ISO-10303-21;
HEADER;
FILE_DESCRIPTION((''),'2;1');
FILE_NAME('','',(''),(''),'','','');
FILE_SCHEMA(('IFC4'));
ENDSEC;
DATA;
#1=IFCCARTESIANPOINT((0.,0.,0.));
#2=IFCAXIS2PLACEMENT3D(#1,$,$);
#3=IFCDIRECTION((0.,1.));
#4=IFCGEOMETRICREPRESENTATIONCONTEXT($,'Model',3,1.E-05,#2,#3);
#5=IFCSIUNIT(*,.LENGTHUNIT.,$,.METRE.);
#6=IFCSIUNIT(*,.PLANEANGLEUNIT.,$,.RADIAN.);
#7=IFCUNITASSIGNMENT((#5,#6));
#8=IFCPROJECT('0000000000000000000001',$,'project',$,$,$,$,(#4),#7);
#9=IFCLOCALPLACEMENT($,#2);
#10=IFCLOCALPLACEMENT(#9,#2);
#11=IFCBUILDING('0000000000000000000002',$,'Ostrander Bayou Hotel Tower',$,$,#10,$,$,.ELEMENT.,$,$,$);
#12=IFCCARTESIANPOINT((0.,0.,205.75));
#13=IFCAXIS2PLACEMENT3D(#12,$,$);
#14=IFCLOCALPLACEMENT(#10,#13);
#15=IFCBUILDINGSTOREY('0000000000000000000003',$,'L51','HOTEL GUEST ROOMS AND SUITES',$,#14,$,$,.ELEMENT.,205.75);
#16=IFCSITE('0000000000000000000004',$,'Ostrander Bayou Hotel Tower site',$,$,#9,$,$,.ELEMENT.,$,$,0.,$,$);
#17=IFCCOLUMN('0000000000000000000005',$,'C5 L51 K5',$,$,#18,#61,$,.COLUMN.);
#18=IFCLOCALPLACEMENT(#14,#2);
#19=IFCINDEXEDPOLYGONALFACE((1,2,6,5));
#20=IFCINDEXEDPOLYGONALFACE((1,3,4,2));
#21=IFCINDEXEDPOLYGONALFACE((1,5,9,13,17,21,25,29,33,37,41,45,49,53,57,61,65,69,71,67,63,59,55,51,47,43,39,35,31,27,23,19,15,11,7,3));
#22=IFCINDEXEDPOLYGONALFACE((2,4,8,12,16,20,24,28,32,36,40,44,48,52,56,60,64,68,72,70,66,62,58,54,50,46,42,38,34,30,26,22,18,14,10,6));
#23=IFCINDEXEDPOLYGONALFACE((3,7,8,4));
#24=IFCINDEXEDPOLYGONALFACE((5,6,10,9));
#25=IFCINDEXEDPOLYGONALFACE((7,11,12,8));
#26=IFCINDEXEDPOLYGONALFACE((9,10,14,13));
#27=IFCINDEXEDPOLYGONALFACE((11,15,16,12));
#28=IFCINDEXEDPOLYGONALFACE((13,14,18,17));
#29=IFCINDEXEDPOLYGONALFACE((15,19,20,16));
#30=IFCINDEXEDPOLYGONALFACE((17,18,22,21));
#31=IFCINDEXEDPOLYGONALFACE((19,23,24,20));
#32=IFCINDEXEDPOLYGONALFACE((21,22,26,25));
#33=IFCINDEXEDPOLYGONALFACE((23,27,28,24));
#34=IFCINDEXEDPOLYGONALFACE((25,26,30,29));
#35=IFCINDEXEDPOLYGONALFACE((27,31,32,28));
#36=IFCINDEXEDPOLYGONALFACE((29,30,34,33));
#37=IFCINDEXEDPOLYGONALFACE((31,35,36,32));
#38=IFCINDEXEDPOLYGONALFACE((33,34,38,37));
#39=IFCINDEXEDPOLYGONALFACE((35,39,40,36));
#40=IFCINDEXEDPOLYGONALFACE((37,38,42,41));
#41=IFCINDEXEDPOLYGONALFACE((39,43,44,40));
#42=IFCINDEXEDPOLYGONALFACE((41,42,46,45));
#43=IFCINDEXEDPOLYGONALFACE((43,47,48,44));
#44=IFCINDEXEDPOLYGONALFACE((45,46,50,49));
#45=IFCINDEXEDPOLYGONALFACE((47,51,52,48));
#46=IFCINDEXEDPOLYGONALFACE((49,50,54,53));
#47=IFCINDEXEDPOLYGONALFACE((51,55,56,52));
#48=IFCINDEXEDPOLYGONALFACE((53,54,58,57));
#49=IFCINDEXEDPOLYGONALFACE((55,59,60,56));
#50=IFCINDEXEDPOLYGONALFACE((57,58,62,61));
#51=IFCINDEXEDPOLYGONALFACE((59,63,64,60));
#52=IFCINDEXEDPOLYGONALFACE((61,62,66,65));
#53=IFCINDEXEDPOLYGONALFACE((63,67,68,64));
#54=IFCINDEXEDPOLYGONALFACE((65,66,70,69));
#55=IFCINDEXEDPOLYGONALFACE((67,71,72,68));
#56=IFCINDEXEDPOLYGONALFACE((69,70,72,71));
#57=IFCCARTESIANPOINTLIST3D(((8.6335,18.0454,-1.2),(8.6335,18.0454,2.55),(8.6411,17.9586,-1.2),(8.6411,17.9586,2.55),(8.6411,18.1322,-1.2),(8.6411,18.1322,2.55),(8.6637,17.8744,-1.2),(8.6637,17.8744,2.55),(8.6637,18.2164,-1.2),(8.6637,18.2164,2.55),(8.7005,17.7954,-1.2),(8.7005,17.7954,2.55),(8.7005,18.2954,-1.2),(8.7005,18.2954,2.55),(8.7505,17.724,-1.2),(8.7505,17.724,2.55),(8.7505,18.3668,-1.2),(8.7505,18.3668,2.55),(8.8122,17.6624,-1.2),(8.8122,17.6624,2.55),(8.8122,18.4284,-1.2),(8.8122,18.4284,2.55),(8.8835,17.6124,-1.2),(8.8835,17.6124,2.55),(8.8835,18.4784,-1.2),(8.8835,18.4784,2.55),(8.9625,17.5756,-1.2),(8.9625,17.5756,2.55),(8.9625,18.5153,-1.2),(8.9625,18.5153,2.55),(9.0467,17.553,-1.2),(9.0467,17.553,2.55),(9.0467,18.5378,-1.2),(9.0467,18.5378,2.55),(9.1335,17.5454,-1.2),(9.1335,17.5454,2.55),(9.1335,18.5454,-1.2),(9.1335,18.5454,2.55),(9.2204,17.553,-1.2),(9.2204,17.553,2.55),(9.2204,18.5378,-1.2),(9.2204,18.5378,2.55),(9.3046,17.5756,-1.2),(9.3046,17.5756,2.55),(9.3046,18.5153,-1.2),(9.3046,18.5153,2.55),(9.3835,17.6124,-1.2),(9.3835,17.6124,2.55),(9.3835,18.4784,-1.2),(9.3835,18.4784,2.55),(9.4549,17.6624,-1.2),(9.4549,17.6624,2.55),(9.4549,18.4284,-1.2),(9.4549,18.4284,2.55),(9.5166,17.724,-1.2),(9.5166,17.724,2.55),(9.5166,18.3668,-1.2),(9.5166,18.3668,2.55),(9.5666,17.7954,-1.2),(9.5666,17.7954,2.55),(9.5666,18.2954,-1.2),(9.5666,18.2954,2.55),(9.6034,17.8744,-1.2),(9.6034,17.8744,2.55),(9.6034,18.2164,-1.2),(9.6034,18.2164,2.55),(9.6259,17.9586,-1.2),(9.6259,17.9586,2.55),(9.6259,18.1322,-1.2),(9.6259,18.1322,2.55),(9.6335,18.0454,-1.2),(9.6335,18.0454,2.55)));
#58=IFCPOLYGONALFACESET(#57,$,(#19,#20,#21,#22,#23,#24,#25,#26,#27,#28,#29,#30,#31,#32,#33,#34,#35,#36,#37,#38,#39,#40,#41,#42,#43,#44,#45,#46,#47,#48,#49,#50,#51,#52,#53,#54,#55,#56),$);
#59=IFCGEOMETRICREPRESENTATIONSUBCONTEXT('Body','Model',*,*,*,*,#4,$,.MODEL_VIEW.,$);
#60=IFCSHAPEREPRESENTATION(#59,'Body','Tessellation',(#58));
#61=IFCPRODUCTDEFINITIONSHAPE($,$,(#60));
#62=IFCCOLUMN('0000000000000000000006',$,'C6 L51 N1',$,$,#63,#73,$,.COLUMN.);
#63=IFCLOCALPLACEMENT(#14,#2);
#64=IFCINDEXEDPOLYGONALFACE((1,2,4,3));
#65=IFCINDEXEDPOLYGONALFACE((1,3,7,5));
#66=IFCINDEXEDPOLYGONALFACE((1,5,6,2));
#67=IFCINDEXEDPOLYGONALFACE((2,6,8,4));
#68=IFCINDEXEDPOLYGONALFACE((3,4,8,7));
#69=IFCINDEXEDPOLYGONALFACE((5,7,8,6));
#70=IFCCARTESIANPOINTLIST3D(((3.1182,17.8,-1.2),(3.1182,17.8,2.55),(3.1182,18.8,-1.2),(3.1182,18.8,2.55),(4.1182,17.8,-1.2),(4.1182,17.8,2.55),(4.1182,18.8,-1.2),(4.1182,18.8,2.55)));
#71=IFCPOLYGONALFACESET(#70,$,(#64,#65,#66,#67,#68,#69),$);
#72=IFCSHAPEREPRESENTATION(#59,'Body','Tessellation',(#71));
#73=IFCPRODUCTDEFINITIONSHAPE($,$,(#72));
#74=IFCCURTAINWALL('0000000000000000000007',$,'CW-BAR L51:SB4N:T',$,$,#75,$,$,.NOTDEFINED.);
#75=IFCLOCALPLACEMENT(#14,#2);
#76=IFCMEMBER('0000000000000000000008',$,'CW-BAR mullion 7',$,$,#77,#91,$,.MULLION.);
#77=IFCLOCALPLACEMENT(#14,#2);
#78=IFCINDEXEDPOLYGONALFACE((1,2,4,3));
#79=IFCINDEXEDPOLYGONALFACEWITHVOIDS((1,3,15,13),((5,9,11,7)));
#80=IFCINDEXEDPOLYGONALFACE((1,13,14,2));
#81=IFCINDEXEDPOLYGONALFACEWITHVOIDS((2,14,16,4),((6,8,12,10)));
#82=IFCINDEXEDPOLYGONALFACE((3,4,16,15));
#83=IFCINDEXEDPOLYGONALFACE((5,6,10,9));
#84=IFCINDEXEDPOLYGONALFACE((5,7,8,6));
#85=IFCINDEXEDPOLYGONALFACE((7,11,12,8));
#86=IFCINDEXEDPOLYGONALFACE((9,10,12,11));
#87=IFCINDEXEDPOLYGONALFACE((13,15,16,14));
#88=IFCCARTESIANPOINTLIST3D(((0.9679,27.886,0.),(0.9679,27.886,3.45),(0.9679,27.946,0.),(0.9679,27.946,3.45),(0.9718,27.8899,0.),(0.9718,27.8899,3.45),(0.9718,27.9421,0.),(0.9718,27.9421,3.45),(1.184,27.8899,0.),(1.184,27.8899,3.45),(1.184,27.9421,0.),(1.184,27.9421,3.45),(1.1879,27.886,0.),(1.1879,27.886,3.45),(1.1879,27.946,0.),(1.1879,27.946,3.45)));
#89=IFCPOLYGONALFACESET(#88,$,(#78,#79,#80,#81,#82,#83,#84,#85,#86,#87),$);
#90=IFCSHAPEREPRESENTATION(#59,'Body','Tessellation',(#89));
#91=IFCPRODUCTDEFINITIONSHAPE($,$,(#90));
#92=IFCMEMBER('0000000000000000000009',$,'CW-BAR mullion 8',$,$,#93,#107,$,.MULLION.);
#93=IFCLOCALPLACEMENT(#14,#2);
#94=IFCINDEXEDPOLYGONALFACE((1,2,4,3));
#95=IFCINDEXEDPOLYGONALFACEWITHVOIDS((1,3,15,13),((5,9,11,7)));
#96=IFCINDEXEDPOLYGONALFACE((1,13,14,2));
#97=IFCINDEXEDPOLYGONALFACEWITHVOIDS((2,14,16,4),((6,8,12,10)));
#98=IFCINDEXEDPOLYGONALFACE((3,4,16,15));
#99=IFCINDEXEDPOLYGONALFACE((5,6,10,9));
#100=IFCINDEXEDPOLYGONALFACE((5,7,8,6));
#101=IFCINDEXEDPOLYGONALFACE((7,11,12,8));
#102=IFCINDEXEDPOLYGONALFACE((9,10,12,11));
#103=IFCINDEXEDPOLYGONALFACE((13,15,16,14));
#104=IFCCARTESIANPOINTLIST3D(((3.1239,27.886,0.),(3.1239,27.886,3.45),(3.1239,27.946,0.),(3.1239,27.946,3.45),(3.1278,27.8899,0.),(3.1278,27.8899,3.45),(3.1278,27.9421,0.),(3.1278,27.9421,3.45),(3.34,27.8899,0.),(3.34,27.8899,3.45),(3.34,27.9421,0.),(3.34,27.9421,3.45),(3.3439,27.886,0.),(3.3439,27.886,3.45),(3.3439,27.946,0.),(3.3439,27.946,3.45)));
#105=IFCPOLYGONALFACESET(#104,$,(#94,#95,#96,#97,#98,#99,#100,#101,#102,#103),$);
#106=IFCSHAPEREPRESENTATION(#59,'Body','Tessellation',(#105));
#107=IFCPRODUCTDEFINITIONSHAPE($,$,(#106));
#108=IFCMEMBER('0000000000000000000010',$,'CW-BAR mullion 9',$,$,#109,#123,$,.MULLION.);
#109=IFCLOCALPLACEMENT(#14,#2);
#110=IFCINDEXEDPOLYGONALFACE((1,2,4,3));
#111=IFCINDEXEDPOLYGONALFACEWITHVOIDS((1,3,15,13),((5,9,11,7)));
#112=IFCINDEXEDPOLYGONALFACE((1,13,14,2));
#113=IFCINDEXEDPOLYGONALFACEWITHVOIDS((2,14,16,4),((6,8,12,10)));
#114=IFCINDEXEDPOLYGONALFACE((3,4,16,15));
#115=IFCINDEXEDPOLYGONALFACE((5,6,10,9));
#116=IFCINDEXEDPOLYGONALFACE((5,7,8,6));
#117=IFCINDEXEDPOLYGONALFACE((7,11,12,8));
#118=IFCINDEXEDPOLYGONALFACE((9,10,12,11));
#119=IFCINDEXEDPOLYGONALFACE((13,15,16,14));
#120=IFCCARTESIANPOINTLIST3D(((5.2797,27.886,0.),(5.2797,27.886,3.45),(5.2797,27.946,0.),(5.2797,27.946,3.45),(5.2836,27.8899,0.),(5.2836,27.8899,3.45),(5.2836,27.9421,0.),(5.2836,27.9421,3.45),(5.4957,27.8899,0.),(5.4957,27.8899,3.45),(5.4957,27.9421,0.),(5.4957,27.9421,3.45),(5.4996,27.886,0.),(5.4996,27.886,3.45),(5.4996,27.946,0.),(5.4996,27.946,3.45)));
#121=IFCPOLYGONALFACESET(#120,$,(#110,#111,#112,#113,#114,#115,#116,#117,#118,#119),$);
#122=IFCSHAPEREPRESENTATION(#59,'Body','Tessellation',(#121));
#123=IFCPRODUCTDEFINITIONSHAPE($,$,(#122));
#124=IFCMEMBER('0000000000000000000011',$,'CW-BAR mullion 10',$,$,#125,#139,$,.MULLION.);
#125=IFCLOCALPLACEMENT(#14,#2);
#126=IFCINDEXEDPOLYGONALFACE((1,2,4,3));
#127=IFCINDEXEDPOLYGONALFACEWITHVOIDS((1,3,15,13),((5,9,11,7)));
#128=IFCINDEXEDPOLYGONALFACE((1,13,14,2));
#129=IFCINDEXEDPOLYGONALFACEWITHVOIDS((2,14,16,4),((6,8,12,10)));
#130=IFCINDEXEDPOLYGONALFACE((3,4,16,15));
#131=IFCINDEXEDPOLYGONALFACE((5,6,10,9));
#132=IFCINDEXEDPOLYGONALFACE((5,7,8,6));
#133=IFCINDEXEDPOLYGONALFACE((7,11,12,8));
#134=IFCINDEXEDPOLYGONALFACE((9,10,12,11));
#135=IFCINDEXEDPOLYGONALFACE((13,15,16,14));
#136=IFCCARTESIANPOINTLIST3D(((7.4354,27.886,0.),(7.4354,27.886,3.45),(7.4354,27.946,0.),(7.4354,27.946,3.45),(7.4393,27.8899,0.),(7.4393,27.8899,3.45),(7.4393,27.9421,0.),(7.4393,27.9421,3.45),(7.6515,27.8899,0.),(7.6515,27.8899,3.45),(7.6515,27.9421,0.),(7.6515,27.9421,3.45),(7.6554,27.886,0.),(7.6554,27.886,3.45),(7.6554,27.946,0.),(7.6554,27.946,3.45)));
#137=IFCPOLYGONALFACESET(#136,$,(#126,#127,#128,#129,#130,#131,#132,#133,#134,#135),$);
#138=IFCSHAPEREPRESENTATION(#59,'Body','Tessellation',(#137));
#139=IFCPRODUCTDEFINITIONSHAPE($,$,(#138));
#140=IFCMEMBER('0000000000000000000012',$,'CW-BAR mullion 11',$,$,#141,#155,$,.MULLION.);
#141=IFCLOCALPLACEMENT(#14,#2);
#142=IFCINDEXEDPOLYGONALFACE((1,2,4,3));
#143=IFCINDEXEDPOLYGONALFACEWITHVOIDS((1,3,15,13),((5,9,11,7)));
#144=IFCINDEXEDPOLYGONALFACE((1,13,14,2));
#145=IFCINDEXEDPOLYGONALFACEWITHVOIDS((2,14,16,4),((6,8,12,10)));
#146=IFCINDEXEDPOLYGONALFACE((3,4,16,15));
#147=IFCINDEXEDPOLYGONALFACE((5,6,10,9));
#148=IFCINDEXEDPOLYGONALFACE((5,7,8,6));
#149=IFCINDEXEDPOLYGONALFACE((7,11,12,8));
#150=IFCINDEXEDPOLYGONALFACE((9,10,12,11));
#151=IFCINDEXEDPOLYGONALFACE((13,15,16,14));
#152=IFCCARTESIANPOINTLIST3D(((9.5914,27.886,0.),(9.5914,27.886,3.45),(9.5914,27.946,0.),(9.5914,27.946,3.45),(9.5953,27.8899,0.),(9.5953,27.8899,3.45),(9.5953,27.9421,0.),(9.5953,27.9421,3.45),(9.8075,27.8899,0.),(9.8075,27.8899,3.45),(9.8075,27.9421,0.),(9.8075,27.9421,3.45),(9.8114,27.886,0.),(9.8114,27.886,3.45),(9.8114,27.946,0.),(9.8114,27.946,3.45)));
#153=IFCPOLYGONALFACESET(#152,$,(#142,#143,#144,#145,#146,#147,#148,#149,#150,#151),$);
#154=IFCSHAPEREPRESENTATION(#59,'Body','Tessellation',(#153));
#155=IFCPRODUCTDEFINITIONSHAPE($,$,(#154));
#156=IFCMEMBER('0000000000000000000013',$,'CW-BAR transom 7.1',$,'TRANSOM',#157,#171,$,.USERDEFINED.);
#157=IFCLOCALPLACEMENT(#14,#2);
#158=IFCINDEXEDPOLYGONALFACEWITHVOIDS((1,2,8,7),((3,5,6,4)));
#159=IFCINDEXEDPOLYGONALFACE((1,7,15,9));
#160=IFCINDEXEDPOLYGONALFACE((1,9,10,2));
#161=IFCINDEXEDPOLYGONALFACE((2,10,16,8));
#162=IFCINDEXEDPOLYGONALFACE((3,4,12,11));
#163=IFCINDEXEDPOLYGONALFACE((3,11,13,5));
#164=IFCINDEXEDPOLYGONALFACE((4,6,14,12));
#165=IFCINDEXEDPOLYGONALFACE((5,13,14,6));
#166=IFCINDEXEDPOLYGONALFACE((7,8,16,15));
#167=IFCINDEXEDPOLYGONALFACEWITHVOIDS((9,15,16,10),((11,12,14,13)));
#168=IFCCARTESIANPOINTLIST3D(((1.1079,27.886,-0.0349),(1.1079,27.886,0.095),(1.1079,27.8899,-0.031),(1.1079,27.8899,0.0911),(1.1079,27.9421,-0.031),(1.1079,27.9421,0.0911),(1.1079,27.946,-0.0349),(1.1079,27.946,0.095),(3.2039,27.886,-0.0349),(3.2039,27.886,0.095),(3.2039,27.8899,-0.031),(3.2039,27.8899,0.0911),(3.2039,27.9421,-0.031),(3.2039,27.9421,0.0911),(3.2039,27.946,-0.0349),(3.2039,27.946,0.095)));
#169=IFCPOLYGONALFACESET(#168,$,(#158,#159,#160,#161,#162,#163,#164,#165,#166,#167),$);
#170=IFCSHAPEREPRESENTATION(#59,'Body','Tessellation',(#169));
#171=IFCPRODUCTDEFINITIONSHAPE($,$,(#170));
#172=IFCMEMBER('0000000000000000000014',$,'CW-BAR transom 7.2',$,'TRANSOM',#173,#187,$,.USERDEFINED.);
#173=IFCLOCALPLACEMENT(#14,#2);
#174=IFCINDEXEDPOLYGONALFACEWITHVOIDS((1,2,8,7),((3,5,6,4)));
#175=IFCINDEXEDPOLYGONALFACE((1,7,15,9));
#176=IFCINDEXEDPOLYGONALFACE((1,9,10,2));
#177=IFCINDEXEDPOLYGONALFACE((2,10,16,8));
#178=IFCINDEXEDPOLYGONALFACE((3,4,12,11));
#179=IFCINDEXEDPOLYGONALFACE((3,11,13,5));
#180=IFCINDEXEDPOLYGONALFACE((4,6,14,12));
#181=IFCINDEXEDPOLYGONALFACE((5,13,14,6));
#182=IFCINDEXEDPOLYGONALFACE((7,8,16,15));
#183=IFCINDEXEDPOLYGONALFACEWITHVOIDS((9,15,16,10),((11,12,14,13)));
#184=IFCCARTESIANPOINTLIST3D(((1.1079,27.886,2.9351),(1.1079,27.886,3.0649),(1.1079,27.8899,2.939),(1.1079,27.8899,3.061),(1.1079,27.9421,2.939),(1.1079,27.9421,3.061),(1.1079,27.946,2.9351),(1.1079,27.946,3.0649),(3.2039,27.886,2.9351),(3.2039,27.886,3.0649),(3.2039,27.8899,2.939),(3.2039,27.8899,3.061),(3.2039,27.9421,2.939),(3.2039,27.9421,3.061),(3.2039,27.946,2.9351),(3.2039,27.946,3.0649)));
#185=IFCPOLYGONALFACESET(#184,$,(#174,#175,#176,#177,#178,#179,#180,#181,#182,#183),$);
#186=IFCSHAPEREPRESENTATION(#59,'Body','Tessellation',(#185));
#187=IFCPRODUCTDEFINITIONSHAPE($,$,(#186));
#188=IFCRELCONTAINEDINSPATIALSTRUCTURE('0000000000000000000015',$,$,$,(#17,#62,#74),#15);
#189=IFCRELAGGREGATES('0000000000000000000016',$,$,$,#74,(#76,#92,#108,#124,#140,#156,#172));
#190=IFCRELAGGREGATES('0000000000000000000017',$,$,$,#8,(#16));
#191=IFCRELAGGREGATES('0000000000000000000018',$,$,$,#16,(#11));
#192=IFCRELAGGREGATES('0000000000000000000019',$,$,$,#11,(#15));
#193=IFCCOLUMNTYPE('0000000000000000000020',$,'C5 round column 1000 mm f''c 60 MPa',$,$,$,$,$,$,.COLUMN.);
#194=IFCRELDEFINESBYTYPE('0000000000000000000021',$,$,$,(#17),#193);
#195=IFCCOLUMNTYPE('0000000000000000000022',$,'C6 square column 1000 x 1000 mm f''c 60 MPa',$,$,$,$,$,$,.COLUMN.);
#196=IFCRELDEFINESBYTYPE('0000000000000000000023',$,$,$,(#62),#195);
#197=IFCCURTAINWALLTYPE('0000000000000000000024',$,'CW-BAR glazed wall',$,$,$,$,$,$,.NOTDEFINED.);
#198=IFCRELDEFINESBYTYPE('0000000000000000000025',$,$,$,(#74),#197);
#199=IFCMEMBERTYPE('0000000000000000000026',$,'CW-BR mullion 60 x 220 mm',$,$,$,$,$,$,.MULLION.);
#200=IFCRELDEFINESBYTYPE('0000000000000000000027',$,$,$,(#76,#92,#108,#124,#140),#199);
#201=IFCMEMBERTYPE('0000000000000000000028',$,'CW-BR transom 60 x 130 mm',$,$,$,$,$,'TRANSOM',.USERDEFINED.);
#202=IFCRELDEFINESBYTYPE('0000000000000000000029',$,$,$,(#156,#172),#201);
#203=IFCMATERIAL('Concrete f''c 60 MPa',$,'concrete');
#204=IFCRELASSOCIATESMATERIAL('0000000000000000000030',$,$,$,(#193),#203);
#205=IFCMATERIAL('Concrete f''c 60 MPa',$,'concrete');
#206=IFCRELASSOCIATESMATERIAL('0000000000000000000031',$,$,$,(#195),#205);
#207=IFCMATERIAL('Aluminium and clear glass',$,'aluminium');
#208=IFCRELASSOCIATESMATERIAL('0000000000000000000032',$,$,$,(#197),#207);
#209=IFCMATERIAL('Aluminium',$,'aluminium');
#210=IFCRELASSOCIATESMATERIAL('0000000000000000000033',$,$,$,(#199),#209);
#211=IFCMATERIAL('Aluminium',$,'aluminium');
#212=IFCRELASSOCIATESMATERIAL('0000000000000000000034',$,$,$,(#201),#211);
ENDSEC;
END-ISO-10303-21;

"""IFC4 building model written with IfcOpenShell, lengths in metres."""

from ifc_helpers import new_model, si_unit, direction, frame, origin, origin_2d, place, context, subcontext, project, spatial, rectangle, hollow_rectangle, circle, extrude, material, material_profile, profile_set, type_object, element, aggregate, save


model = new_model("IFC4")

# Units and contexts
model_context = context("Model", 3, precision=1e-05, world=origin(), true_north=direction((0.0, 1.0)))
body_context = subcontext(model_context, "Body", "Model", "MODEL_VIEW")
ifc_project = project(units=[si_unit("LENGTHUNIT", "METRE"), si_unit("PLANEANGLEUNIT", "RADIAN")], contexts=[model_context])

# Site, building, storey
site_placement = place(None, origin())
site = spatial("IfcSite", under=ifc_project, at=site_placement, Name="Ostrander Bayou Hotel Tower site", CompositionType="ELEMENT", RefElevation=0.0)
building_placement = place(site_placement, origin())
building = spatial("IfcBuilding", under=site, at=building_placement, Name="Ostrander Bayou Hotel Tower", CompositionType="ELEMENT")
storey_placement = place(building_placement, frame((0.0, 0.0, 205.75)))
storey = spatial("IfcBuildingStorey", under=building, at=storey_placement, Name="L51", Description="HOTEL GUEST ROOMS AND SUITES", CompositionType="ELEMENT", Elevation=205.75)

# Columns
ifc_material_1 = material(Name="Concrete f'c 60 MPa", Category="concrete")
ifc_material_profile_1 = material_profile(ifc_material_1, circle(Radius=0.5, at=origin_2d()))
ifc_profile_set_1 = profile_set([ifc_material_profile_1], Name="Concrete f'c 60 MPa")
column_type_1 = type_object("IfcColumnType", Name="C5 round column 1000 mm f'c 60 MPa", PredefinedType="COLUMN", material=ifc_profile_set_1)
column_1_placement = place(storey_placement, frame((9.1335, 18.0454, -1.2), z_axis=(0.0, 0.0, 1.0), x_axis=(1.0, 0.0, 0.0)))
element("IfcColumn", 1, at=column_1_placement, inside=storey, type_object=column_type_1, Name="C5 L51 K5", PredefinedType="COLUMN", context=body_context, shape_type="SweptSolid", body=[
    extrude(circle(Radius=0.5, at=origin_2d()), origin(), (0.0, 0.0, 1.0), 3.75),
])
ifc_material_2 = material(Name="Concrete f'c 60 MPa", Category="concrete")
ifc_material_profile_2 = material_profile(ifc_material_2, rectangle(XDim=1.0, YDim=1.0, at=origin_2d()))
ifc_profile_set_2 = profile_set([ifc_material_profile_2], Name="Concrete f'c 60 MPa")
column_type_2 = type_object("IfcColumnType", Name="C6 square column 1000 x 1000 mm f'c 60 MPa", PredefinedType="COLUMN", material=ifc_profile_set_2)
column_2_placement = place(storey_placement, frame((3.6182, 18.3, -1.2), z_axis=(0.0, 0.0, 1.0), x_axis=(1.0, 0.0, 0.0)))
element("IfcColumn", 2, at=column_2_placement, inside=storey, type_object=column_type_2, Name="C6 L51 N1", PredefinedType="COLUMN", context=body_context, shape_type="SweptSolid", body=[
    extrude(rectangle(XDim=1.0, YDim=1.0, at=origin_2d()), origin(), (0.0, 0.0, 1.0), 3.75),
])

# Curtain wall, members
ifc_material_3 = material(Name="Aluminium and clear glass", Category="aluminium")
curtain_wall_type = type_object("IfcCurtainWallType", Name="CW-BAR glazed wall", PredefinedType="NOTDEFINED", material=ifc_material_3)
curtain_wall_placement = place(storey_placement, origin())
curtain_wall = element("IfcCurtainWall", 3, at=curtain_wall_placement, inside=storey, type_object=curtain_wall_type, Name="CW-BAR L51:SB4N:T", PredefinedType="NOTDEFINED")
ifc_material_4 = material(Name="Aluminium", Category="aluminium")
ifc_material_profile_3 = material_profile(ifc_material_4, hollow_rectangle(XDim=0.0601, YDim=0.22, WallThickness=0.0039, at=origin_2d()))
ifc_profile_set_3 = profile_set([ifc_material_profile_3], Name="Aluminium")
member_type_1 = type_object("IfcMemberType", Name="CW-BR mullion 60 x 220 mm", PredefinedType="MULLION", material=ifc_profile_set_3)
member_1_placement = place(storey_placement, frame((1.0779, 27.916, 0.0), z_axis=(0.0, 0.0, 1.0), x_axis=(0.0, 1.0, 0.0)))
member_1 = element("IfcMember", 4, at=member_1_placement, type_object=member_type_1, Name="CW-BAR mullion 7", PredefinedType="MULLION", context=body_context, shape_type="SweptSolid", body=[
    extrude(hollow_rectangle(XDim=0.0601, YDim=0.22, WallThickness=0.0039, at=origin_2d()), origin(), (0.0, 0.0, 1.0), 3.45),
])
member_2_placement = place(storey_placement, frame((3.2339, 27.916, 0.0), z_axis=(0.0, 0.0, 1.0), x_axis=(0.0, 1.0, 0.0)))
member_2 = element("IfcMember", 5, at=member_2_placement, type_object=member_type_1, Name="CW-BAR mullion 8", PredefinedType="MULLION", context=body_context, shape_type="SweptSolid", body=[
    extrude(hollow_rectangle(XDim=0.0601, YDim=0.22, WallThickness=0.0039, at=origin_2d()), origin(), (0.0, 0.0, 1.0), 3.45),
])
member_3_placement = place(storey_placement, frame((5.3896, 27.916, 0.0), z_axis=(0.0, 0.0, 1.0), x_axis=(0.0, 1.0, 0.0)))
member_3 = element("IfcMember", 6, at=member_3_placement, type_object=member_type_1, Name="CW-BAR mullion 9", PredefinedType="MULLION", context=body_context, shape_type="SweptSolid", body=[
    extrude(hollow_rectangle(XDim=0.0601, YDim=0.22, WallThickness=0.0039, at=origin_2d()), origin(), (0.0, 0.0, 1.0), 3.45),
])
member_4_placement = place(storey_placement, frame((7.5454, 27.916, 0.0), z_axis=(0.0, 0.0, 1.0), x_axis=(0.0, 1.0, 0.0)))
member_4 = element("IfcMember", 7, at=member_4_placement, type_object=member_type_1, Name="CW-BAR mullion 10", PredefinedType="MULLION", context=body_context, shape_type="SweptSolid", body=[
    extrude(hollow_rectangle(XDim=0.0601, YDim=0.22, WallThickness=0.0039, at=origin_2d()), origin(), (0.0, 0.0, 1.0), 3.45),
])
member_5_placement = place(storey_placement, frame((9.7014, 27.916, 0.0), z_axis=(0.0, 0.0, 1.0), x_axis=(0.0, 1.0, 0.0)))
member_5 = element("IfcMember", 8, at=member_5_placement, type_object=member_type_1, Name="CW-BAR mullion 11", PredefinedType="MULLION", context=body_context, shape_type="SweptSolid", body=[
    extrude(hollow_rectangle(XDim=0.0601, YDim=0.22, WallThickness=0.0039, at=origin_2d()), origin(), (0.0, 0.0, 1.0), 3.45),
])
ifc_material_5 = material(Name="Aluminium", Category="aluminium")
ifc_material_profile_4 = material_profile(ifc_material_5, hollow_rectangle(XDim=0.0601, YDim=0.1299, WallThickness=0.0039, at=origin_2d()))
ifc_profile_set_4 = profile_set([ifc_material_profile_4], Name="Aluminium")
member_type_2 = type_object("IfcMemberType", Name="CW-BR transom 60 x 130 mm", ElementType="TRANSOM", PredefinedType="USERDEFINED", material=ifc_profile_set_4)
member_6_placement = place(storey_placement, frame((1.1079, 27.916, 0.03), z_axis=(1.0, 0.0, 0.0), x_axis=(0.0, 1.0, 0.0)))
member_6 = element("IfcMember", 9, at=member_6_placement, type_object=member_type_2, Name="CW-BAR transom 7.1", ObjectType="TRANSOM", PredefinedType="USERDEFINED", context=body_context, shape_type="SweptSolid", body=[
    extrude(hollow_rectangle(XDim=0.0601, YDim=0.1299, WallThickness=0.0039, at=origin_2d()), origin(), (0.0, 0.0, 1.0), 2.0959),
])
member_7_placement = place(storey_placement, frame((1.1079, 27.916, 3.0), z_axis=(1.0, 0.0, 0.0), x_axis=(0.0, 1.0, 0.0)))
member_7 = element("IfcMember", 10, at=member_7_placement, type_object=member_type_2, Name="CW-BAR transom 7.2", ObjectType="TRANSOM", PredefinedType="USERDEFINED", context=body_context, shape_type="SweptSolid", body=[
    extrude(hollow_rectangle(XDim=0.0601, YDim=0.1299, WallThickness=0.0039, at=origin_2d()), origin(), (0.0, 0.0, 1.0), 2.0959),
])
aggregate(curtain_wall, [member_1, member_2, member_3, member_4, member_5, member_6, member_7])

save(model, "model.ifc")
